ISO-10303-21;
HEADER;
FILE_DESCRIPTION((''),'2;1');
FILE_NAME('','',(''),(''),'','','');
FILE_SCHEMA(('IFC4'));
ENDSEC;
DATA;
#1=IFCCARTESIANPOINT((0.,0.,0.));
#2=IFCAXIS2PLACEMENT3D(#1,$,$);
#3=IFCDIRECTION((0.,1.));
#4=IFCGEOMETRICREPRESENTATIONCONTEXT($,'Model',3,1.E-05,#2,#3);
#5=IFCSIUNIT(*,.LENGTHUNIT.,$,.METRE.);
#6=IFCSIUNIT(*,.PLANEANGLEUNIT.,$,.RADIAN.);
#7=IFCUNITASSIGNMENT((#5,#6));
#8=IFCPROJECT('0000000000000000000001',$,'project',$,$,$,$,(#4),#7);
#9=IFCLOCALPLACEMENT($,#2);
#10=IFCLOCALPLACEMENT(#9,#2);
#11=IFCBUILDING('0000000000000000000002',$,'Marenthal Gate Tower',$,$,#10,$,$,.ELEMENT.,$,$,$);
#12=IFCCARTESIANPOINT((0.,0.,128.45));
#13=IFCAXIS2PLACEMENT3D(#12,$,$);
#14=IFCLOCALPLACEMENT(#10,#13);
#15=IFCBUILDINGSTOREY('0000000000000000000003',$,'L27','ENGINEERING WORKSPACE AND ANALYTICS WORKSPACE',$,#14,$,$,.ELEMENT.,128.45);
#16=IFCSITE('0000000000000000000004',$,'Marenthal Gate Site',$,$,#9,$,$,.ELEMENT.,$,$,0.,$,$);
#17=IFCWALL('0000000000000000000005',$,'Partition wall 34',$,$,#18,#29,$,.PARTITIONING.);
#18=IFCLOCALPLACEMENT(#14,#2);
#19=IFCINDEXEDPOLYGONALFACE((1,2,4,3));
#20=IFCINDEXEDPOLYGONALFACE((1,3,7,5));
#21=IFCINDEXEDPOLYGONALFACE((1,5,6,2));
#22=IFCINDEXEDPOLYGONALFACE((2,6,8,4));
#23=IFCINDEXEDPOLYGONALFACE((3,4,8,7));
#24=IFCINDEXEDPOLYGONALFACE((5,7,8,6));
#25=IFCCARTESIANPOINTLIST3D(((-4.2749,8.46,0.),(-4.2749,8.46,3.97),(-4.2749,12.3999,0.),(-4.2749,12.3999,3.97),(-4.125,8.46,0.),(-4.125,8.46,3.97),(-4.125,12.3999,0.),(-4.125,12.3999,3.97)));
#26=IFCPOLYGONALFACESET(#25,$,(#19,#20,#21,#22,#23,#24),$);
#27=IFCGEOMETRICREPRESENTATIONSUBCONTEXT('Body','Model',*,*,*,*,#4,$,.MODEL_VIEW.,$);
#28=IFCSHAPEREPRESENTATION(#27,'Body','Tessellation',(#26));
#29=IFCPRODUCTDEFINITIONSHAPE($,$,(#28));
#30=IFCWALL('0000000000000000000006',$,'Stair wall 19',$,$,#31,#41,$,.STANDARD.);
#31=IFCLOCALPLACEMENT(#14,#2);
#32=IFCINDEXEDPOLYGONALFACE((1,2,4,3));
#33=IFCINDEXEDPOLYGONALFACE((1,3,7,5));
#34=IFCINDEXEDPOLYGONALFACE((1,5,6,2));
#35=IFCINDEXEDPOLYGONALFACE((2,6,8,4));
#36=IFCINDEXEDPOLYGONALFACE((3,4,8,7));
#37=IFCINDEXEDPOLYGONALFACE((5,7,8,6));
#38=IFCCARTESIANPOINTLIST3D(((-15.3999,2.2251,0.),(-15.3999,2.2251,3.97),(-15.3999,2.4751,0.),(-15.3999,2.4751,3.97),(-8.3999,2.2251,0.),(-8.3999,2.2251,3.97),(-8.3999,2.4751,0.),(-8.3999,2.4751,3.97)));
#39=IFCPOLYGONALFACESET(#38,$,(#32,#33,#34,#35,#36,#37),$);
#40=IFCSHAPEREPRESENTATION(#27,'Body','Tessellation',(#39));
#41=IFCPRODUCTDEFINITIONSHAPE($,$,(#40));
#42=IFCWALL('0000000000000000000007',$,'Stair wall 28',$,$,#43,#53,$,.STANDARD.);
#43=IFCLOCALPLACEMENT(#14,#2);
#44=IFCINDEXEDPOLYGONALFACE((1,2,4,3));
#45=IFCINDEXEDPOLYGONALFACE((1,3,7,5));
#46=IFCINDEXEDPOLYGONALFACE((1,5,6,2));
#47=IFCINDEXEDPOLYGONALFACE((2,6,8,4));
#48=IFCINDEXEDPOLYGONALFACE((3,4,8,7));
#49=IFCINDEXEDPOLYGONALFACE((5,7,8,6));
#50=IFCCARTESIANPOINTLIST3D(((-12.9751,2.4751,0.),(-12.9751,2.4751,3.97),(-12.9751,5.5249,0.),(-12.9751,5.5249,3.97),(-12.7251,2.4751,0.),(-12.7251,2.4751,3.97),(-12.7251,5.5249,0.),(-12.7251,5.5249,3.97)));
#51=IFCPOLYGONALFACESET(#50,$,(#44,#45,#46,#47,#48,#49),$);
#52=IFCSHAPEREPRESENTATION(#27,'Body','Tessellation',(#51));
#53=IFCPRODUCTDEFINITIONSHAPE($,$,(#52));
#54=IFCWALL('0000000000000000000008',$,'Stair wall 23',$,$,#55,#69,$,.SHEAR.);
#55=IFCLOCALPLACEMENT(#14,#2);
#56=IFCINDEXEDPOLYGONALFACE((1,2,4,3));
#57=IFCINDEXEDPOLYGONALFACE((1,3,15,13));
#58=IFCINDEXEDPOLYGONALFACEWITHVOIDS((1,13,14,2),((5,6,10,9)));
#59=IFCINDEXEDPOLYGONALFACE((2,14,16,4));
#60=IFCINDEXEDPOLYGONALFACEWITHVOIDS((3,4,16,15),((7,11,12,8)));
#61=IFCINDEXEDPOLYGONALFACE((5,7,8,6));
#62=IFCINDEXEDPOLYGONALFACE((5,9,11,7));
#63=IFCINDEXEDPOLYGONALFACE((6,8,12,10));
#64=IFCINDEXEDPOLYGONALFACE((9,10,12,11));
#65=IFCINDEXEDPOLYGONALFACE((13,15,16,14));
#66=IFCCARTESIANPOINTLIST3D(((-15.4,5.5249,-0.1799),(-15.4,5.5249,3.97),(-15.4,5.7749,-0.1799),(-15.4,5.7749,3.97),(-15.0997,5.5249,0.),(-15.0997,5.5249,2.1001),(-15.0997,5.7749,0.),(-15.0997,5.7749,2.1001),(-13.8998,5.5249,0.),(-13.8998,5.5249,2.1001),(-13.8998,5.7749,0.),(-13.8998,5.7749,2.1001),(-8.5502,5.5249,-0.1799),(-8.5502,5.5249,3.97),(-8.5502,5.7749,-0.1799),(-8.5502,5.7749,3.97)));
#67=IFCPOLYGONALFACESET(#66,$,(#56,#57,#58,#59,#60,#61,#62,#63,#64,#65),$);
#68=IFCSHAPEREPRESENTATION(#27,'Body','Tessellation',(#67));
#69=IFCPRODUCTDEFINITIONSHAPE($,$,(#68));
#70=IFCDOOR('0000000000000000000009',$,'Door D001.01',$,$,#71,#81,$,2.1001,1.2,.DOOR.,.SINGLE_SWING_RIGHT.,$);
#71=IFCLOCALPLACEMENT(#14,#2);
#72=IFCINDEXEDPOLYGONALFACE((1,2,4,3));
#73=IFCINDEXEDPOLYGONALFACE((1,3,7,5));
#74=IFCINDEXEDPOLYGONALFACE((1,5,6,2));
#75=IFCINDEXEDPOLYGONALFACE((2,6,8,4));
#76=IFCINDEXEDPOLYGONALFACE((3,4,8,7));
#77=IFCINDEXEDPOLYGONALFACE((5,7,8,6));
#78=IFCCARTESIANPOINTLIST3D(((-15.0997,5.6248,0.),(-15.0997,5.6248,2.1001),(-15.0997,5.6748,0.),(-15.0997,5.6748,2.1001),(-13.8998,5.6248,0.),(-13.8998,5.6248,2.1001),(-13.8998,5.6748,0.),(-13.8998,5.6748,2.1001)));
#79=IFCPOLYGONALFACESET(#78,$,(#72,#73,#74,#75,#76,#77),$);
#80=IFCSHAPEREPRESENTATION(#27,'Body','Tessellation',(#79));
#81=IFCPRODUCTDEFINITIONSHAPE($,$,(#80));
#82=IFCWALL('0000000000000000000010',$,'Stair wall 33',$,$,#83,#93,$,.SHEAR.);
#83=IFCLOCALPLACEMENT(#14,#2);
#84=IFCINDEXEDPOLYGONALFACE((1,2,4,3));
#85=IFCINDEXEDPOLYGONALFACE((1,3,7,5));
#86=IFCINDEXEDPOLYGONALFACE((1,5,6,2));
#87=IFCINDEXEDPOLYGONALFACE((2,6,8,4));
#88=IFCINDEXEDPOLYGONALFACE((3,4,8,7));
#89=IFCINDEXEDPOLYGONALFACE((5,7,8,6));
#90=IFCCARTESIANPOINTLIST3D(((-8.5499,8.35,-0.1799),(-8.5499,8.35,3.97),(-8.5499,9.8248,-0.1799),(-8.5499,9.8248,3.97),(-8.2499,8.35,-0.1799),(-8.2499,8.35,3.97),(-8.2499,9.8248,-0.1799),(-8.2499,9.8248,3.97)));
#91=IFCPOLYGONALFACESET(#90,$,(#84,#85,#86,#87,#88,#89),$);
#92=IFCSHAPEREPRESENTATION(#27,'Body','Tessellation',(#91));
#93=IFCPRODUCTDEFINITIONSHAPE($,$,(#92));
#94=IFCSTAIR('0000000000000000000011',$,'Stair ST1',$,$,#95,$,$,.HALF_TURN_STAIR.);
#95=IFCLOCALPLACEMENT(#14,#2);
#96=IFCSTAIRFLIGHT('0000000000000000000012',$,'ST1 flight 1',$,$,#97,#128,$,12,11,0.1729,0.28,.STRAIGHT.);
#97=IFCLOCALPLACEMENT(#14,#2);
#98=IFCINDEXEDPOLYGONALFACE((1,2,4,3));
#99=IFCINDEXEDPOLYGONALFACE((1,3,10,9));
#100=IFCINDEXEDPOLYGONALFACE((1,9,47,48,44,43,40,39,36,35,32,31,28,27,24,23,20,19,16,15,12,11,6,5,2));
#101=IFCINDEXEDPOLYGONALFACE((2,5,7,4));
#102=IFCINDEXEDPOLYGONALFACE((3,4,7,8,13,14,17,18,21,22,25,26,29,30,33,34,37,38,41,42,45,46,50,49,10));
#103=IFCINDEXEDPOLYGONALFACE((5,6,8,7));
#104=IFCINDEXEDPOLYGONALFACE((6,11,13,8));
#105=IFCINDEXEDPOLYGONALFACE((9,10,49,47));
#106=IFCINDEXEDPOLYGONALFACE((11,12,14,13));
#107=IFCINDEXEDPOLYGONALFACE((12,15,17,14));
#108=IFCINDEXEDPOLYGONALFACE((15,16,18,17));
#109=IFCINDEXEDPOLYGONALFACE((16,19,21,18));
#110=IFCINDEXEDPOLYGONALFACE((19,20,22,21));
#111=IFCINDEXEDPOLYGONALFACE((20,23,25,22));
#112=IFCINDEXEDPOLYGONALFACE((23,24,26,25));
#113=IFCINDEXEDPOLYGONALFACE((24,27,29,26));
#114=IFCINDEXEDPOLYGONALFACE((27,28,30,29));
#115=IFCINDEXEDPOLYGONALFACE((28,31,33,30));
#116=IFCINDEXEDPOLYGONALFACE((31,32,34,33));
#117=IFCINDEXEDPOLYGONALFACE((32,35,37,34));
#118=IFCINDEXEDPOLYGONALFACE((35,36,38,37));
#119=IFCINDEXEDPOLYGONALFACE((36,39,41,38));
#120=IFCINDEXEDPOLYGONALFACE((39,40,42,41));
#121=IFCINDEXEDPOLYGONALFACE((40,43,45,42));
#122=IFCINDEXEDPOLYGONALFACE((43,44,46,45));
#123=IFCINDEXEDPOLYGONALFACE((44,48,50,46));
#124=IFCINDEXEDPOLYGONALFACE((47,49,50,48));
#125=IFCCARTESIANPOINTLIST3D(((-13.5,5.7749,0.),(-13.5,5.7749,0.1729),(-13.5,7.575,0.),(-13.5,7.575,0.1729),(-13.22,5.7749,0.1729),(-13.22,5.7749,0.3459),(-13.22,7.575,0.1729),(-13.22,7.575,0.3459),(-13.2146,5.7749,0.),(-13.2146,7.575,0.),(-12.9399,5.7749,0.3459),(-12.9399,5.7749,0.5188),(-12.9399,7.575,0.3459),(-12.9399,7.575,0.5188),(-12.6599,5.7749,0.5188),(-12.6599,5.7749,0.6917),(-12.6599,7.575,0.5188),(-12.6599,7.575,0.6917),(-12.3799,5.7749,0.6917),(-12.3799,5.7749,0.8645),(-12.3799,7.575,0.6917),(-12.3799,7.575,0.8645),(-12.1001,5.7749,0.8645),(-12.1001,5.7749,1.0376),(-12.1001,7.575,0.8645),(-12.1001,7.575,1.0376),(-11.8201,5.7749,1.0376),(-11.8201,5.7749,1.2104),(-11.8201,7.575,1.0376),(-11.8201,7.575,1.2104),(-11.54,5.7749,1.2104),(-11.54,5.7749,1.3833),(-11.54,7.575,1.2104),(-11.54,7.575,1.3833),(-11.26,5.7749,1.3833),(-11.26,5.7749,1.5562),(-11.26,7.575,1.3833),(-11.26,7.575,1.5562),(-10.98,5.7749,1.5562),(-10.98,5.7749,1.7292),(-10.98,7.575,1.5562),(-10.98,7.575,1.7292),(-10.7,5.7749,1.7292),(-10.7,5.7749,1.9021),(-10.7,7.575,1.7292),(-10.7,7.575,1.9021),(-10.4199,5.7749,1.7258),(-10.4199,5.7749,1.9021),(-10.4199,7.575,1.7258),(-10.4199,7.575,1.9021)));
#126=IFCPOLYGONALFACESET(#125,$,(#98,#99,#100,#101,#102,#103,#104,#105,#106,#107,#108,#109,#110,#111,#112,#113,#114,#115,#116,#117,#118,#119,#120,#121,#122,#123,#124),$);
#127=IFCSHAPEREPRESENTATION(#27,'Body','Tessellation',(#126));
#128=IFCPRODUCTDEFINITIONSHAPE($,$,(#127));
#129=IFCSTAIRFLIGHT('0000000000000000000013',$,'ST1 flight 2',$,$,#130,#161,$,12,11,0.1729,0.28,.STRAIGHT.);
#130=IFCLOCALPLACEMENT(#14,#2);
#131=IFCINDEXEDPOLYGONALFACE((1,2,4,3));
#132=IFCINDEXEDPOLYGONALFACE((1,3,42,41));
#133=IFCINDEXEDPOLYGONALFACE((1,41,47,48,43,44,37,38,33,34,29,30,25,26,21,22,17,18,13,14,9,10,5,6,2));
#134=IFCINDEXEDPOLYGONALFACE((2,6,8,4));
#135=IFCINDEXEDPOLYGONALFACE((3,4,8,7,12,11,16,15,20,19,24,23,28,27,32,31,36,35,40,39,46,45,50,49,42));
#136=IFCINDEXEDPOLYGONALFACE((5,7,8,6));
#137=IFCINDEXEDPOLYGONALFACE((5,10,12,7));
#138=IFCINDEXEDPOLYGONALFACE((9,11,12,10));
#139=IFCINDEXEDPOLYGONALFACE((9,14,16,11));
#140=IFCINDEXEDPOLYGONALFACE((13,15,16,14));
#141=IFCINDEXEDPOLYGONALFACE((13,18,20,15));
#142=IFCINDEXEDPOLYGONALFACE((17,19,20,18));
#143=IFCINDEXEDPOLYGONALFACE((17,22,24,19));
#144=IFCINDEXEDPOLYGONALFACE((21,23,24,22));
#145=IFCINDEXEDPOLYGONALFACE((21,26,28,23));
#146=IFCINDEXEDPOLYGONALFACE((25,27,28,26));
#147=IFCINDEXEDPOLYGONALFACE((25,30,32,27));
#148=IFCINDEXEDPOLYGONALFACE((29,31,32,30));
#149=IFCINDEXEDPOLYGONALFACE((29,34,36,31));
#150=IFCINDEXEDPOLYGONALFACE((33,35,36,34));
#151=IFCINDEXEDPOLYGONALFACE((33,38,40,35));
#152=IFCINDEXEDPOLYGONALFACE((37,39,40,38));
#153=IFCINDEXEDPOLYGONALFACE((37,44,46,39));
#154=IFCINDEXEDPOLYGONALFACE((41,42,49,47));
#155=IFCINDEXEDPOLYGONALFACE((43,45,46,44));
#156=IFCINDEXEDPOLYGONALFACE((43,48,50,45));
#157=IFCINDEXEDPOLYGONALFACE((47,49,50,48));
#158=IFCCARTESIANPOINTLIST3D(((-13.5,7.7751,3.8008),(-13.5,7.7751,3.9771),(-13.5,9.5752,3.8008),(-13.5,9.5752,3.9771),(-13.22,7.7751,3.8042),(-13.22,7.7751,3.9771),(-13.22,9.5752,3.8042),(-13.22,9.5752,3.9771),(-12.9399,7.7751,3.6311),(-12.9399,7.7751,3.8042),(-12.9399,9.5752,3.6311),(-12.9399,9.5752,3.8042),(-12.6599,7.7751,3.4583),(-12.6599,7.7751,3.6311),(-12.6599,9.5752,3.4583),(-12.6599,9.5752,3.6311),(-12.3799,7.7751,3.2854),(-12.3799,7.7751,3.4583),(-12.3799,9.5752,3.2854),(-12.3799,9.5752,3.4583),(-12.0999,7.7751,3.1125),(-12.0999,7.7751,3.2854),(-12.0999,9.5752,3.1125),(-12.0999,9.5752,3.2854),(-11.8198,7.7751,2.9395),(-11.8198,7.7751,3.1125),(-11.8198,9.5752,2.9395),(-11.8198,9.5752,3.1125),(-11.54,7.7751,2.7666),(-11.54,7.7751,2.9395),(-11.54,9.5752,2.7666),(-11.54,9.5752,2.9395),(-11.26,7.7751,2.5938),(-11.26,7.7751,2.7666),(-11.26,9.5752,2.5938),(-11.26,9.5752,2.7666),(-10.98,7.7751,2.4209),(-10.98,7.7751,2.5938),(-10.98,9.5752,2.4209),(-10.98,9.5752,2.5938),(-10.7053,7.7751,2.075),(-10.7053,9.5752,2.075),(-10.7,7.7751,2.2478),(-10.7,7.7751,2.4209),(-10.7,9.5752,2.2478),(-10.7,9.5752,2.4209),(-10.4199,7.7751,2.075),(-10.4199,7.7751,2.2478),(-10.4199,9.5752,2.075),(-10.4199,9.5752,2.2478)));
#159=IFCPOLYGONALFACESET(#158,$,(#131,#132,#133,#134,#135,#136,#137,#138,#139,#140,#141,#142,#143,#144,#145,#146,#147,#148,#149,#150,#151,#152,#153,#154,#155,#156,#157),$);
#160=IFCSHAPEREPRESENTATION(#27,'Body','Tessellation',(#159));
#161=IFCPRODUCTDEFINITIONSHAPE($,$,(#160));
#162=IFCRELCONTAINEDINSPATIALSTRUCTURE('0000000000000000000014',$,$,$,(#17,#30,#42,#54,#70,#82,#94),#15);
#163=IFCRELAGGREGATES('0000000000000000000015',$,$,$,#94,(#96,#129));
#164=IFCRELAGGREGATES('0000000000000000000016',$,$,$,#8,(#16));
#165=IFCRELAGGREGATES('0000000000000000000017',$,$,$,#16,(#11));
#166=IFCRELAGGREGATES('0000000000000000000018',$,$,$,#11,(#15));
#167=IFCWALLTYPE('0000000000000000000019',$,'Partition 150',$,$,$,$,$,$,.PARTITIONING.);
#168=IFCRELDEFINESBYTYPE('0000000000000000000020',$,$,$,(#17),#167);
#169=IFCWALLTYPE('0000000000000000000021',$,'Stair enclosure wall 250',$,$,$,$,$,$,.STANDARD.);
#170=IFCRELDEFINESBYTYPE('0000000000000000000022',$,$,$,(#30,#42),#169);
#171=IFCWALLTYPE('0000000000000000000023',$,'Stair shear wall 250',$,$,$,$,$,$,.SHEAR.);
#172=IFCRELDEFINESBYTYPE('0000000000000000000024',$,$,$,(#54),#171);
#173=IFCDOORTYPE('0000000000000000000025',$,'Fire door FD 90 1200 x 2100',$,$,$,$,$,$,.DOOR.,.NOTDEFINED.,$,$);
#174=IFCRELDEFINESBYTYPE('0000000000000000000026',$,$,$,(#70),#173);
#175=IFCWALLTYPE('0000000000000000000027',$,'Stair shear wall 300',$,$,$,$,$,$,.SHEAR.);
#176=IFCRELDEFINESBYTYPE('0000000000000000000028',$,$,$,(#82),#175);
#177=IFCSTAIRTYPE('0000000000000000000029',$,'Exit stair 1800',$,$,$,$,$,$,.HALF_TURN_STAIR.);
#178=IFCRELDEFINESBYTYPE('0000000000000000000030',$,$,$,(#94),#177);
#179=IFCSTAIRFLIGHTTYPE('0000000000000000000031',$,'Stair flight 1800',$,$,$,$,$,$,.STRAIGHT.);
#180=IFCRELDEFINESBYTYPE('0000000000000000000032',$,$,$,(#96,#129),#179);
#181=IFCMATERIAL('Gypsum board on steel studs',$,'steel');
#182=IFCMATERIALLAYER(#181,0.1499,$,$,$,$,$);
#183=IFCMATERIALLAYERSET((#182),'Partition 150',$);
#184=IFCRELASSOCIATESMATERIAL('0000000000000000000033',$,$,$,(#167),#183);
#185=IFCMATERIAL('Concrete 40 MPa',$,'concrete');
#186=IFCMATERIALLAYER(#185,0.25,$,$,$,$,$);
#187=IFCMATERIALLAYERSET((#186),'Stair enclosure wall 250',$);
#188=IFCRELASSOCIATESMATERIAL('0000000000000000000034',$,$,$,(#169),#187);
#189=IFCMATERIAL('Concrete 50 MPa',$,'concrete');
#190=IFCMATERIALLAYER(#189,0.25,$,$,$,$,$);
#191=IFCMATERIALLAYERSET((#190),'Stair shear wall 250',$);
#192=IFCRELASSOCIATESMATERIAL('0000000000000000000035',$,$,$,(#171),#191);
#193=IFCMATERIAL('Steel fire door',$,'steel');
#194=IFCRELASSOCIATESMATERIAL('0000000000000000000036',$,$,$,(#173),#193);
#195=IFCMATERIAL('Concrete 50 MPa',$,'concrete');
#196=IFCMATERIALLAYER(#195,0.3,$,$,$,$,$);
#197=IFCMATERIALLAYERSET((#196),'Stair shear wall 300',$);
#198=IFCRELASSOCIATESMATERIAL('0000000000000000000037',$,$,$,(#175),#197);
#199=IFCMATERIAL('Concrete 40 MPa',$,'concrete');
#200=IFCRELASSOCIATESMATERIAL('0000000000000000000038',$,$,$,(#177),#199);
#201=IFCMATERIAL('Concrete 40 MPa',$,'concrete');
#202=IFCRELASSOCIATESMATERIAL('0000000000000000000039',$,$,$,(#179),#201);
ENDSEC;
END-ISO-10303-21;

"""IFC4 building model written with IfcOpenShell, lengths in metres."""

from ifc_helpers import new_model, si_unit, direction, frame, frame_2d, origin, place, context, subcontext, project, spatial, polyline, rectangle, outline, extrude, material, layer, layer_set, type_object, element, fill, aggregate, save


model = new_model("IFC4")

# Units and contexts
model_context = context("Model", 3, precision=1e-05, world=origin(), true_north=direction((0.0, 1.0)))
body_context = subcontext(model_context, "Body", "Model", "MODEL_VIEW")
ifc_project = project(units=[si_unit("LENGTHUNIT", "METRE"), si_unit("PLANEANGLEUNIT", "RADIAN")], contexts=[model_context])

# Site, building, storey
site_placement = place(None, origin())
site = spatial("IfcSite", under=ifc_project, at=site_placement, Name="Marenthal Gate Site", CompositionType="ELEMENT", RefElevation=0.0)
building_placement = place(site_placement, origin())
building = spatial("IfcBuilding", under=site, at=building_placement, Name="Marenthal Gate Tower", CompositionType="ELEMENT")
storey_placement = place(building_placement, frame((0.0, 0.0, 128.45)))
storey = spatial("IfcBuildingStorey", under=building, at=storey_placement, Name="L27", Description="ENGINEERING WORKSPACE AND ANALYTICS WORKSPACE", CompositionType="ELEMENT", Elevation=128.45)

# Walls
ifc_material_1 = material(Name="Gypsum board on steel studs", Category="steel")
ifc_layer_1 = layer(ifc_material_1, 0.1499)
ifc_layer_set_1 = layer_set([ifc_layer_1], Name="Partition 150")
wall_type_1 = type_object("IfcWallType", Name="Partition 150", PredefinedType="PARTITIONING", material=ifc_layer_set_1)
wall_1_placement = place(storey_placement, frame((-4.2, 8.46, 0.0), z_axis=(0.0, 0.0, 1.0), x_axis=(0.0, 1.0, 0.0)))
element("IfcWall", 1, at=wall_1_placement, inside=storey, type_object=wall_type_1, Name="Partition wall 34", PredefinedType="PARTITIONING", context=body_context, shape_type="SweptSolid", body=[
    extrude(rectangle(XDim=3.9399, YDim=0.1499, at=frame_2d((1.97, 0.0))), origin(), (0.0, 0.0, 1.0), 3.97),
])
ifc_material_2 = material(Name="Concrete 40 MPa", Category="concrete")
ifc_layer_2 = layer(ifc_material_2, 0.25)
ifc_layer_set_2 = layer_set([ifc_layer_2], Name="Stair enclosure wall 250")
wall_type_2 = type_object("IfcWallType", Name="Stair enclosure wall 250", PredefinedType="STANDARD", material=ifc_layer_set_2)
wall_2_placement = place(storey_placement, frame((-15.3999, 2.3501, 0.0), z_axis=(0.0, 0.0, 1.0), x_axis=(1.0, 0.0, 0.0)))
element("IfcWall", 2, at=wall_2_placement, inside=storey, type_object=wall_type_2, Name="Stair wall 19", PredefinedType="STANDARD", context=body_context, shape_type="SweptSolid", body=[
    extrude(rectangle(XDim=7.0, YDim=0.25, at=frame_2d((3.5, 0.0))), origin(), (0.0, 0.0, 1.0), 3.97),
])
wall_3_placement = place(storey_placement, frame((-12.8501, 2.4751, 0.0), z_axis=(0.0, 0.0, 1.0), x_axis=(0.0, 1.0, 0.0)))
element("IfcWall", 3, at=wall_3_placement, inside=storey, type_object=wall_type_2, Name="Stair wall 28", PredefinedType="STANDARD", context=body_context, shape_type="SweptSolid", body=[
    extrude(rectangle(XDim=3.0498, YDim=0.25, at=frame_2d((1.5249, 0.0))), origin(), (0.0, 0.0, 1.0), 3.97),
])

# Wall, opening, door
ifc_material_3 = material(Name="Concrete 50 MPa", Category="concrete")
ifc_layer_3 = layer(ifc_material_3, 0.25)
ifc_layer_set_3 = layer_set([ifc_layer_3], Name="Stair shear wall 250")
wall_type_3 = type_object("IfcWallType", Name="Stair shear wall 250", PredefinedType="SHEAR", material=ifc_layer_set_3)
wall_4_placement = place(storey_placement, frame((-15.3999, 5.6499, -0.1799), z_axis=(0.0, 0.0, 1.0), x_axis=(1.0, 0.0, 0.0)))
wall_4 = element("IfcWall", 4, at=wall_4_placement, inside=storey, type_object=wall_type_3, Name="Stair wall 23", PredefinedType="SHEAR", context=body_context, shape_type="SweptSolid", body=[
    extrude(rectangle(XDim=6.8499, YDim=0.25, at=frame_2d((3.4248, 0.0))), origin(), (0.0, 0.0, 1.0), 4.1499),
])
opening_1_placement = place(wall_4_placement, frame((0.3, 0.0, 0.1799)))
opening_1 = element("IfcOpeningElement", 5, at=opening_1_placement, cuts=wall_4, PredefinedType="OPENING", context=body_context, shape_type="SweptSolid", body=[
    extrude(rectangle(XDim=1.2, YDim=2.1001, at=frame_2d((0.6001, 1.05))), frame((0.0, 0.135, 0.0), z_axis=(0.0, -1.0, 0.0), x_axis=(1.0, 0.0, 0.0)), (0.0, 0.0, 1.0), 0.27),
])
ifc_material_4 = material(Name="Steel fire door", Category="steel")
door_type_1 = type_object("IfcDoorType", Name="Fire door FD 90 1200 x 2100", OperationType="NOTDEFINED", PredefinedType="DOOR", material=ifc_material_4)
door_1_placement = place(opening_1_placement, origin())
door_1 = element("IfcDoor", 6, at=door_1_placement, inside=storey, type_object=door_type_1, Name="Door D001.01", OperationType="SINGLE_SWING_RIGHT", OverallHeight=2.1001, OverallWidth=1.2, PredefinedType="DOOR", context=body_context, shape_type="SweptSolid", body=[
    extrude(rectangle(XDim=1.2, YDim=2.1001, at=frame_2d((0.6001, 1.05))), frame((0.0, 0.0249, 0.0), z_axis=(0.0, -1.0, 0.0), x_axis=(1.0, 0.0, 0.0)), (0.0, 0.0, 1.0), 0.05),
])
fill(opening_1, door_1)

# Wall
ifc_material_5 = material(Name="Concrete 50 MPa", Category="concrete")
ifc_layer_4 = layer(ifc_material_5, 0.3)
ifc_layer_set_4 = layer_set([ifc_layer_4], Name="Stair shear wall 300")
wall_type_4 = type_object("IfcWallType", Name="Stair shear wall 300", PredefinedType="SHEAR", material=ifc_layer_set_4)
wall_5_placement = place(storey_placement, frame((-8.3999, 8.3501, -0.1799), z_axis=(0.0, 0.0, 1.0), x_axis=(0.0, 1.0, 0.0)))
element("IfcWall", 7, at=wall_5_placement, inside=storey, type_object=wall_type_4, Name="Stair wall 33", PredefinedType="SHEAR", context=body_context, shape_type="SweptSolid", body=[
    extrude(rectangle(XDim=1.4749, YDim=0.3, at=frame_2d((0.7373, 0.0))), origin(), (0.0, 0.0, 1.0), 4.1499),
])

# Stair, stair flights
ifc_material_6 = material(Name="Concrete 40 MPa", Category="concrete")
stair_type = type_object("IfcStairType", Name="Exit stair 1800", PredefinedType="HALF_TURN_STAIR", material=ifc_material_6)
stair_placement = place(storey_placement, origin())
stair = element("IfcStair", 8, at=stair_placement, inside=storey, type_object=stair_type, Name="Stair ST1", PredefinedType="HALF_TURN_STAIR")
ifc_material_7 = material(Name="Concrete 40 MPa", Category="concrete")
stair_flight_type = type_object("IfcStairFlightType", Name="Stair flight 1800", PredefinedType="STRAIGHT", material=ifc_material_7)
stair_flight_1_placement = place(storey_placement, frame((-13.5, 6.675, 0.0), z_axis=(0.0, 0.0, 1.0), x_axis=(1.0, 0.0, 0.0)))
stair_flight_1 = element("IfcStairFlight", 9, at=stair_flight_1_placement, type_object=stair_flight_type, Name="ST1 flight 1", NumberOfRisers=12, NumberOfTreads=11, PredefinedType="STRAIGHT", RiserHeight=0.1729, TreadLength=0.28, context=body_context, shape_type="SweptSolid", body=[
    extrude(outline(polyline([(0.0, 0.0), (0.0, 0.1729), (0.28, 0.1729), (0.28, 0.3459), (0.5601, 0.3459), (0.5601, 0.5188), (0.8401, 0.5188), (0.8401, 0.6917), (1.1201, 0.6917), (1.1201, 0.8645), (1.3999, 0.8645), (1.3999, 1.0376), (1.6799, 1.0376), (1.6799, 1.2104), (1.96, 1.2104), (1.96, 1.3833), (2.24, 1.3833), (2.24, 1.5562), (2.52, 1.5562), (2.52, 1.7292), (2.8, 1.7292), (2.8, 1.9021), (3.0801, 1.9021), (3.0801, 2.075), (3.0801, 1.7258), (0.2854, 0.0), (0.0, 0.0)])), frame((0.0, 0.8999, 0.0), z_axis=(0.0, -1.0, 0.0), x_axis=(1.0, 0.0, 0.0)), (0.0, 0.0, 1.0), 1.8),
])
stair_flight_2_placement = place(storey_placement, frame((-10.4199, 8.675, 2.075), z_axis=(0.0, 0.0, 1.0), x_axis=(-1.0, 0.0, 0.0)))
stair_flight_2 = element("IfcStairFlight", 10, at=stair_flight_2_placement, type_object=stair_flight_type, Name="ST1 flight 2", NumberOfRisers=12, NumberOfTreads=11, PredefinedType="STRAIGHT", RiserHeight=0.1729, TreadLength=0.28, context=body_context, shape_type="SweptSolid", body=[
    extrude(outline(polyline([(0.0, 0.0), (0.0, 0.1729), (0.28, 0.1729), (0.28, 0.3459), (0.5601, 0.3459), (0.5601, 0.5188), (0.8401, 0.5188), (0.8401, 0.6917), (1.1201, 0.6917), (1.1201, 0.8645), (1.3999, 0.8645), (1.3999, 1.0376), (1.6799, 1.0376), (1.6799, 1.2104), (1.96, 1.2104), (1.96, 1.3833), (2.24, 1.3833), (2.24, 1.5562), (2.52, 1.5562), (2.52, 1.7292), (2.8, 1.7292), (2.8, 1.9021), (3.0801, 1.9021), (3.0801, 2.075), (3.0801, 1.7258), (0.2854, 0.0), (0.0, 0.0)])), frame((0.0, 0.8999, 0.0), z_axis=(0.0, -1.0, 0.0), x_axis=(1.0, 0.0, 0.0)), (0.0, 0.0, 1.0), 1.8),
])
aggregate(stair, [stair_flight_1, stair_flight_2])

save(model, "model.ifc")
